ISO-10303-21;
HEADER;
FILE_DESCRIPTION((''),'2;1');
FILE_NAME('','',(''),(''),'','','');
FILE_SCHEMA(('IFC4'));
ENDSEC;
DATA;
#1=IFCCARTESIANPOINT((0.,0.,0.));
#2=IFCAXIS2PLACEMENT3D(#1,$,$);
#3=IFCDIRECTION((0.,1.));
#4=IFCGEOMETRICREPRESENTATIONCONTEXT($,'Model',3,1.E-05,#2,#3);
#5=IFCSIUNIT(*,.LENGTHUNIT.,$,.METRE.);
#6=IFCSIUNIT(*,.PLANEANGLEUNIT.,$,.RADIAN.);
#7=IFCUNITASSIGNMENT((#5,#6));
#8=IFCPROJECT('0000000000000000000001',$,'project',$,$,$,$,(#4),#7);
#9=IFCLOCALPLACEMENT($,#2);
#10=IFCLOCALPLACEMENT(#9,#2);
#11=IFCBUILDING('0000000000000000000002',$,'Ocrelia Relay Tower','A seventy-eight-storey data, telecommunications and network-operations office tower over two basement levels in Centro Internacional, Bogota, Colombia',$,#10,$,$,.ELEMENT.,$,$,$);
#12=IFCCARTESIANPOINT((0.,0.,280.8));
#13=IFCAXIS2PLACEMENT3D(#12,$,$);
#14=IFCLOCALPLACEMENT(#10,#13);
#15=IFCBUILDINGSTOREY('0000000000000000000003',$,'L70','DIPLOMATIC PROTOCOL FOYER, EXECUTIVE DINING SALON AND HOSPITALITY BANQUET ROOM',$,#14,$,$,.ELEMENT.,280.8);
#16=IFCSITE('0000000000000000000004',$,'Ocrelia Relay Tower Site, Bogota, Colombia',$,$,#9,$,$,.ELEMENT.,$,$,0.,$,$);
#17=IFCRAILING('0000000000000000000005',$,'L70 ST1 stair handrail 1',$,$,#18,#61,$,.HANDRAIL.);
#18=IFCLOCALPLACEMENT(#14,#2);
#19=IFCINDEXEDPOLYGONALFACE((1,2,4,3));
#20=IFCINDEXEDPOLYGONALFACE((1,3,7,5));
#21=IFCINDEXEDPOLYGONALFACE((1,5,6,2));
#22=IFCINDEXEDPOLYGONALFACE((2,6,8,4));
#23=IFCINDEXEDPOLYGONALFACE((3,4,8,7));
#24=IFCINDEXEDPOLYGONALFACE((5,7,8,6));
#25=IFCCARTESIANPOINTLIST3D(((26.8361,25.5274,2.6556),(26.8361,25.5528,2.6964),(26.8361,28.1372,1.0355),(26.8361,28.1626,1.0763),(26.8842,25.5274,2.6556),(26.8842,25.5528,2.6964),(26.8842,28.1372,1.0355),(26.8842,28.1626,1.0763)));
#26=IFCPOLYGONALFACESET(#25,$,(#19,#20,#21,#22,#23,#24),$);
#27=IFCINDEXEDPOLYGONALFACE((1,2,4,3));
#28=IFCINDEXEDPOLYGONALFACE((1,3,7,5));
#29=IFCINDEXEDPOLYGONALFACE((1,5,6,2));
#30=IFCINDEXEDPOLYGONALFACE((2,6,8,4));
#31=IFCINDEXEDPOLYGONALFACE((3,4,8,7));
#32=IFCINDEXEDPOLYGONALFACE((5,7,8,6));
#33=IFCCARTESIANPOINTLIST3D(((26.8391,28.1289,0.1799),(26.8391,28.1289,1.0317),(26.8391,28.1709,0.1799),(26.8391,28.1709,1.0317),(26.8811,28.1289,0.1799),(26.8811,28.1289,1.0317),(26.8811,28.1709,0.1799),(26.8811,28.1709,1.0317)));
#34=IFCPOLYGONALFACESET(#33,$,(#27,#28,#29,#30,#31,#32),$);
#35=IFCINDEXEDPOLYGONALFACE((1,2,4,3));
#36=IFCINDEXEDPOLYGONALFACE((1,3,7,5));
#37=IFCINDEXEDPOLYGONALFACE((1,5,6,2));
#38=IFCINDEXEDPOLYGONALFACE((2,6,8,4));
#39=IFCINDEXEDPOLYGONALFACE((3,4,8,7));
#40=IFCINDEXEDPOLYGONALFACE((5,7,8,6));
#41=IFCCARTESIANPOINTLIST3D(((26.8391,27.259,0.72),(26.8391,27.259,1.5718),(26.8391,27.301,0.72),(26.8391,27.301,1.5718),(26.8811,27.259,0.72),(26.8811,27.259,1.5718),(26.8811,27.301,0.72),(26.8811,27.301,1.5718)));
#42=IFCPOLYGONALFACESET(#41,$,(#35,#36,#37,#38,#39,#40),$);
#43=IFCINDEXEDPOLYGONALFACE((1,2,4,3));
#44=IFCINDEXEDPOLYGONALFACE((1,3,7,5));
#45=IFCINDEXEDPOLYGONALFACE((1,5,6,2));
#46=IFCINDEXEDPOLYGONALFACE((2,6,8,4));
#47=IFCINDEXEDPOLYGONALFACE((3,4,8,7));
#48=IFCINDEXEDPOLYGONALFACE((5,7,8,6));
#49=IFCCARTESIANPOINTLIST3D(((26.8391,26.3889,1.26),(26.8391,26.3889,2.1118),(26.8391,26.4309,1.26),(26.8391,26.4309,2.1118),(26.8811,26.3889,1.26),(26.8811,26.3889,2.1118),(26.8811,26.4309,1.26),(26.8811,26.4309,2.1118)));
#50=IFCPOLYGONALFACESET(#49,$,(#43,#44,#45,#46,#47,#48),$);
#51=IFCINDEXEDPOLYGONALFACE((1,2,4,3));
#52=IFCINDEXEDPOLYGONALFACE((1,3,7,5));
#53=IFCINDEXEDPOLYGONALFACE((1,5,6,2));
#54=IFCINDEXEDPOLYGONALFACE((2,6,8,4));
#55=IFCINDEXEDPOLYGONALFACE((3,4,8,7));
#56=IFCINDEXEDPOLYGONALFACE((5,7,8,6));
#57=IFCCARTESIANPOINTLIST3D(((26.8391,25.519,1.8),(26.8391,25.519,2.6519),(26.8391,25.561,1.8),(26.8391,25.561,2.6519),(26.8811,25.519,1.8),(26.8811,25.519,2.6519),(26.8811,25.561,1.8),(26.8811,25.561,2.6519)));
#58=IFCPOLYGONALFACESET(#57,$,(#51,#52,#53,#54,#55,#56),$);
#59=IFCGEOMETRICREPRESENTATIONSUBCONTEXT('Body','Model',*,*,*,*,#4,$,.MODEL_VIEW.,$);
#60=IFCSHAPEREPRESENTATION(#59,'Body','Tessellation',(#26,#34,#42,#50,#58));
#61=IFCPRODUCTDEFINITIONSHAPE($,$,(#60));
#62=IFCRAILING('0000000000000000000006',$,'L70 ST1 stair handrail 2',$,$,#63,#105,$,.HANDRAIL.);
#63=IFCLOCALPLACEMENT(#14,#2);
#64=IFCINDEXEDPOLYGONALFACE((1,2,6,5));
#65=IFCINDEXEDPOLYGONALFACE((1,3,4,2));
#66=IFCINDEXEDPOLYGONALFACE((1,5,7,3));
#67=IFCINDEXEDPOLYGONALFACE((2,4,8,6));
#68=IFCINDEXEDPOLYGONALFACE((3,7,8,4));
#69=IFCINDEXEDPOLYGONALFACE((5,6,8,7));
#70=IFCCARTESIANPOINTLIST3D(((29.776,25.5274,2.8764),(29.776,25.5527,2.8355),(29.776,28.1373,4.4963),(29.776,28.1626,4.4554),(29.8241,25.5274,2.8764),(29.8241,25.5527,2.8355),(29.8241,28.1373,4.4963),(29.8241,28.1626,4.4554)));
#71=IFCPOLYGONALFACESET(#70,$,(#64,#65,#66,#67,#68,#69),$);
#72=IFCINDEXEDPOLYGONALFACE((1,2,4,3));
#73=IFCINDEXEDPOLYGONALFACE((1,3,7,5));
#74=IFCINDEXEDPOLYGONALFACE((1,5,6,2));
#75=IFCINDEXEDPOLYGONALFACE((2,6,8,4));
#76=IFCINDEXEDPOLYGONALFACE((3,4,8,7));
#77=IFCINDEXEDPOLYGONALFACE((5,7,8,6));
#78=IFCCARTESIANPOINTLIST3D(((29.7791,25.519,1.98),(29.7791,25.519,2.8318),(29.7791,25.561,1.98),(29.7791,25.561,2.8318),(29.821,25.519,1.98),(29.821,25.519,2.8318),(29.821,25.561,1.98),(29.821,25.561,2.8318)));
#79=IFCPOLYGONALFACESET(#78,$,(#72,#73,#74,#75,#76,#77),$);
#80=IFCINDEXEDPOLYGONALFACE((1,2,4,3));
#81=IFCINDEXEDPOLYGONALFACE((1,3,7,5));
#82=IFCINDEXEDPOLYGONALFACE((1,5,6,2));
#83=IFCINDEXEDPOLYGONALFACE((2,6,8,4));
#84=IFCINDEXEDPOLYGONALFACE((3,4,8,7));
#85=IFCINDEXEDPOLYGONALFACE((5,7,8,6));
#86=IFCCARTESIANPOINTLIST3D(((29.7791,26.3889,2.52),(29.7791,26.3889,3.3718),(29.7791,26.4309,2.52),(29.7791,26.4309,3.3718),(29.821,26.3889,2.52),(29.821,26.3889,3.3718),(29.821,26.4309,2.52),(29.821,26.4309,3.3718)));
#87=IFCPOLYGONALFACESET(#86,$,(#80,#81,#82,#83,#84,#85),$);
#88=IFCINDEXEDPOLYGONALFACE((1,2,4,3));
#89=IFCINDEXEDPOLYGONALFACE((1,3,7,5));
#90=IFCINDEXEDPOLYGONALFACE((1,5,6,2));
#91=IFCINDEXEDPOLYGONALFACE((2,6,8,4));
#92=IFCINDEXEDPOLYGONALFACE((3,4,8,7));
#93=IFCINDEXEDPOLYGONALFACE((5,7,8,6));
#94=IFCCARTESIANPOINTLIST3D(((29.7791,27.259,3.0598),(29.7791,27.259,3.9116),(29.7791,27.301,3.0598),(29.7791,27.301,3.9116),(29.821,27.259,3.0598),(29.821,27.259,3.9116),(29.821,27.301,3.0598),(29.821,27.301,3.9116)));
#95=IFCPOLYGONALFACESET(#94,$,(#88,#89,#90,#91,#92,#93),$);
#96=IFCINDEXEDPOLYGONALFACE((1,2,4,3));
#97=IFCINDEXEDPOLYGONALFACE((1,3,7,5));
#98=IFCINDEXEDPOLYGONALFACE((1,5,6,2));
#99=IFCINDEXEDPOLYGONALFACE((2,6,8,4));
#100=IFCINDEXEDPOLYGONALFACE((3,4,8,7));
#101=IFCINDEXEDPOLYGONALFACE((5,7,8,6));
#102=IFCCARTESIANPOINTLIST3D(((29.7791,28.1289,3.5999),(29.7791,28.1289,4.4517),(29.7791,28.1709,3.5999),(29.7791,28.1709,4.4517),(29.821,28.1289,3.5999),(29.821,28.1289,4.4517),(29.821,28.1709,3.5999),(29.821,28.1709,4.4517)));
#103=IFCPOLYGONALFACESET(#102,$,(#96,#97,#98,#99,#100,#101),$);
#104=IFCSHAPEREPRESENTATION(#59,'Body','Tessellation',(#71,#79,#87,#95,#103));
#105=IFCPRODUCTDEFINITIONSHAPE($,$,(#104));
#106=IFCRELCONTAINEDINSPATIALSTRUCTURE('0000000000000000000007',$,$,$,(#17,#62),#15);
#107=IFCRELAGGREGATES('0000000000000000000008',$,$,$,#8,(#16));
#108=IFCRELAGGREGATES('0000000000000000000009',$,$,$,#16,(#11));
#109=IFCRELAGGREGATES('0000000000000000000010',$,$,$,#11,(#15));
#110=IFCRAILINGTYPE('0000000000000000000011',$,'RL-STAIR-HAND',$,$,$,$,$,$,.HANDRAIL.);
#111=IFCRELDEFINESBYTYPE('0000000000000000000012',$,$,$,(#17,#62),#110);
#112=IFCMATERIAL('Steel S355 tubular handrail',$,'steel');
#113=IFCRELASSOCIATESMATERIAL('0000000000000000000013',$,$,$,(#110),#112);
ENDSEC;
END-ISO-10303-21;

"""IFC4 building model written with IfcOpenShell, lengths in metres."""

from ifc_helpers import new_model, si_unit, direction, frame, origin, origin_2d, place, context, subcontext, project, spatial, rectangle, extrude, material, type_object, element, save


model = new_model("IFC4")

# Units and contexts
model_context = context("Model", 3, precision=1e-05, world=origin(), true_north=direction((0.0, 1.0)))
body_context = subcontext(model_context, "Body", "Model", "MODEL_VIEW")
ifc_project = project(units=[si_unit("LENGTHUNIT", "METRE"), si_unit("PLANEANGLEUNIT", "RADIAN")], contexts=[model_context])

# Site, building, storey
site_placement = place(None, origin())
site = spatial("IfcSite", under=ifc_project, at=site_placement, Name="Ocrelia Relay Tower Site, Bogota, Colombia", CompositionType="ELEMENT", RefElevation=0.0)
building_placement = place(site_placement, origin())
building = spatial("IfcBuilding", under=site, at=building_placement, Name="Ocrelia Relay Tower", Description="A seventy-eight-storey data, telecommunications and network-operations office tower over two basement levels in Centro Internacional, Bogota, Colombia", CompositionType="ELEMENT")
storey_placement = place(building_placement, frame((0.0, 0.0, 280.8)))
storey = spatial("IfcBuildingStorey", under=building, at=storey_placement, Name="L70", Description="DIPLOMATIC PROTOCOL FOYER, EXECUTIVE DINING SALON AND HOSPITALITY BANQUET ROOM", CompositionType="ELEMENT", Elevation=280.8)

# Railings
ifc_material_1 = material(Name="Steel S355 tubular handrail", Category="steel")
railing_type_1 = type_object("IfcRailingType", Name="RL-STAIR-HAND", PredefinedType="HANDRAIL", material=ifc_material_1)
railing_1_placement = place(storey_placement, frame((26.8601, 28.1499, 0.1799)))
element("IfcRailing", 1, at=railing_1_placement, inside=storey, type_object=railing_type_1, Name="L70 ST1 stair handrail 1", PredefinedType="HANDRAIL", context=body_context, shape_type="SweptSolid", body=[
    extrude(rectangle(XDim=0.0481, YDim=0.0481, at=origin_2d()), frame((0.0, 0.0, 0.876), z_axis=(0.0, -0.849611, 0.52741), x_axis=(1.0, 0.0, 0.0)), (0.0, 0.0, 1.0), 3.0718),
    extrude(rectangle(XDim=0.042, YDim=0.042, at=origin_2d()), origin(), (0.0, 0.0, 1.0), 0.8518),
    extrude(rectangle(XDim=0.042, YDim=0.042, at=origin_2d()), frame((0.0, -0.8699, 0.54)), (0.0, 0.0, 1.0), 0.8518),
    extrude(rectangle(XDim=0.042, YDim=0.042, at=origin_2d()), frame((0.0, -1.74, 1.0801)), (0.0, 0.0, 1.0), 0.8518),
    extrude(rectangle(XDim=0.042, YDim=0.042, at=origin_2d()), frame((0.0, -2.6099, 1.6201)), (0.0, 0.0, 1.0), 0.8518),
])
railing_2_placement = place(storey_placement, frame((29.8, 25.54, 1.98)))
element("IfcRailing", 2, at=railing_2_placement, inside=storey, type_object=railing_type_1, Name="L70 ST1 stair handrail 2", PredefinedType="HANDRAIL", context=body_context, shape_type="SweptSolid", body=[
    extrude(rectangle(XDim=0.0481, YDim=0.0481, at=origin_2d()), frame((0.0, 0.0, 0.876), z_axis=(0.0, 0.849646, 0.527353), x_axis=(-1.0, 0.0, 0.0)), (0.0, 0.0, 1.0), 3.0718),
    extrude(rectangle(XDim=0.042, YDim=0.042, at=origin_2d()), origin(), (0.0, 0.0, 1.0), 0.8518),
    extrude(rectangle(XDim=0.042, YDim=0.042, at=origin_2d()), frame((0.0, 0.8699, 0.54)), (0.0, 0.0, 1.0), 0.8518),
    extrude(rectangle(XDim=0.042, YDim=0.042, at=origin_2d()), frame((0.0, 1.74, 1.0798)), (0.0, 0.0, 1.0), 0.8518),
    extrude(rectangle(XDim=0.042, YDim=0.042, at=origin_2d()), frame((0.0, 2.6099, 1.6199)), (0.0, 0.0, 1.0), 0.8518),
])

save(model, "model.ifc")
